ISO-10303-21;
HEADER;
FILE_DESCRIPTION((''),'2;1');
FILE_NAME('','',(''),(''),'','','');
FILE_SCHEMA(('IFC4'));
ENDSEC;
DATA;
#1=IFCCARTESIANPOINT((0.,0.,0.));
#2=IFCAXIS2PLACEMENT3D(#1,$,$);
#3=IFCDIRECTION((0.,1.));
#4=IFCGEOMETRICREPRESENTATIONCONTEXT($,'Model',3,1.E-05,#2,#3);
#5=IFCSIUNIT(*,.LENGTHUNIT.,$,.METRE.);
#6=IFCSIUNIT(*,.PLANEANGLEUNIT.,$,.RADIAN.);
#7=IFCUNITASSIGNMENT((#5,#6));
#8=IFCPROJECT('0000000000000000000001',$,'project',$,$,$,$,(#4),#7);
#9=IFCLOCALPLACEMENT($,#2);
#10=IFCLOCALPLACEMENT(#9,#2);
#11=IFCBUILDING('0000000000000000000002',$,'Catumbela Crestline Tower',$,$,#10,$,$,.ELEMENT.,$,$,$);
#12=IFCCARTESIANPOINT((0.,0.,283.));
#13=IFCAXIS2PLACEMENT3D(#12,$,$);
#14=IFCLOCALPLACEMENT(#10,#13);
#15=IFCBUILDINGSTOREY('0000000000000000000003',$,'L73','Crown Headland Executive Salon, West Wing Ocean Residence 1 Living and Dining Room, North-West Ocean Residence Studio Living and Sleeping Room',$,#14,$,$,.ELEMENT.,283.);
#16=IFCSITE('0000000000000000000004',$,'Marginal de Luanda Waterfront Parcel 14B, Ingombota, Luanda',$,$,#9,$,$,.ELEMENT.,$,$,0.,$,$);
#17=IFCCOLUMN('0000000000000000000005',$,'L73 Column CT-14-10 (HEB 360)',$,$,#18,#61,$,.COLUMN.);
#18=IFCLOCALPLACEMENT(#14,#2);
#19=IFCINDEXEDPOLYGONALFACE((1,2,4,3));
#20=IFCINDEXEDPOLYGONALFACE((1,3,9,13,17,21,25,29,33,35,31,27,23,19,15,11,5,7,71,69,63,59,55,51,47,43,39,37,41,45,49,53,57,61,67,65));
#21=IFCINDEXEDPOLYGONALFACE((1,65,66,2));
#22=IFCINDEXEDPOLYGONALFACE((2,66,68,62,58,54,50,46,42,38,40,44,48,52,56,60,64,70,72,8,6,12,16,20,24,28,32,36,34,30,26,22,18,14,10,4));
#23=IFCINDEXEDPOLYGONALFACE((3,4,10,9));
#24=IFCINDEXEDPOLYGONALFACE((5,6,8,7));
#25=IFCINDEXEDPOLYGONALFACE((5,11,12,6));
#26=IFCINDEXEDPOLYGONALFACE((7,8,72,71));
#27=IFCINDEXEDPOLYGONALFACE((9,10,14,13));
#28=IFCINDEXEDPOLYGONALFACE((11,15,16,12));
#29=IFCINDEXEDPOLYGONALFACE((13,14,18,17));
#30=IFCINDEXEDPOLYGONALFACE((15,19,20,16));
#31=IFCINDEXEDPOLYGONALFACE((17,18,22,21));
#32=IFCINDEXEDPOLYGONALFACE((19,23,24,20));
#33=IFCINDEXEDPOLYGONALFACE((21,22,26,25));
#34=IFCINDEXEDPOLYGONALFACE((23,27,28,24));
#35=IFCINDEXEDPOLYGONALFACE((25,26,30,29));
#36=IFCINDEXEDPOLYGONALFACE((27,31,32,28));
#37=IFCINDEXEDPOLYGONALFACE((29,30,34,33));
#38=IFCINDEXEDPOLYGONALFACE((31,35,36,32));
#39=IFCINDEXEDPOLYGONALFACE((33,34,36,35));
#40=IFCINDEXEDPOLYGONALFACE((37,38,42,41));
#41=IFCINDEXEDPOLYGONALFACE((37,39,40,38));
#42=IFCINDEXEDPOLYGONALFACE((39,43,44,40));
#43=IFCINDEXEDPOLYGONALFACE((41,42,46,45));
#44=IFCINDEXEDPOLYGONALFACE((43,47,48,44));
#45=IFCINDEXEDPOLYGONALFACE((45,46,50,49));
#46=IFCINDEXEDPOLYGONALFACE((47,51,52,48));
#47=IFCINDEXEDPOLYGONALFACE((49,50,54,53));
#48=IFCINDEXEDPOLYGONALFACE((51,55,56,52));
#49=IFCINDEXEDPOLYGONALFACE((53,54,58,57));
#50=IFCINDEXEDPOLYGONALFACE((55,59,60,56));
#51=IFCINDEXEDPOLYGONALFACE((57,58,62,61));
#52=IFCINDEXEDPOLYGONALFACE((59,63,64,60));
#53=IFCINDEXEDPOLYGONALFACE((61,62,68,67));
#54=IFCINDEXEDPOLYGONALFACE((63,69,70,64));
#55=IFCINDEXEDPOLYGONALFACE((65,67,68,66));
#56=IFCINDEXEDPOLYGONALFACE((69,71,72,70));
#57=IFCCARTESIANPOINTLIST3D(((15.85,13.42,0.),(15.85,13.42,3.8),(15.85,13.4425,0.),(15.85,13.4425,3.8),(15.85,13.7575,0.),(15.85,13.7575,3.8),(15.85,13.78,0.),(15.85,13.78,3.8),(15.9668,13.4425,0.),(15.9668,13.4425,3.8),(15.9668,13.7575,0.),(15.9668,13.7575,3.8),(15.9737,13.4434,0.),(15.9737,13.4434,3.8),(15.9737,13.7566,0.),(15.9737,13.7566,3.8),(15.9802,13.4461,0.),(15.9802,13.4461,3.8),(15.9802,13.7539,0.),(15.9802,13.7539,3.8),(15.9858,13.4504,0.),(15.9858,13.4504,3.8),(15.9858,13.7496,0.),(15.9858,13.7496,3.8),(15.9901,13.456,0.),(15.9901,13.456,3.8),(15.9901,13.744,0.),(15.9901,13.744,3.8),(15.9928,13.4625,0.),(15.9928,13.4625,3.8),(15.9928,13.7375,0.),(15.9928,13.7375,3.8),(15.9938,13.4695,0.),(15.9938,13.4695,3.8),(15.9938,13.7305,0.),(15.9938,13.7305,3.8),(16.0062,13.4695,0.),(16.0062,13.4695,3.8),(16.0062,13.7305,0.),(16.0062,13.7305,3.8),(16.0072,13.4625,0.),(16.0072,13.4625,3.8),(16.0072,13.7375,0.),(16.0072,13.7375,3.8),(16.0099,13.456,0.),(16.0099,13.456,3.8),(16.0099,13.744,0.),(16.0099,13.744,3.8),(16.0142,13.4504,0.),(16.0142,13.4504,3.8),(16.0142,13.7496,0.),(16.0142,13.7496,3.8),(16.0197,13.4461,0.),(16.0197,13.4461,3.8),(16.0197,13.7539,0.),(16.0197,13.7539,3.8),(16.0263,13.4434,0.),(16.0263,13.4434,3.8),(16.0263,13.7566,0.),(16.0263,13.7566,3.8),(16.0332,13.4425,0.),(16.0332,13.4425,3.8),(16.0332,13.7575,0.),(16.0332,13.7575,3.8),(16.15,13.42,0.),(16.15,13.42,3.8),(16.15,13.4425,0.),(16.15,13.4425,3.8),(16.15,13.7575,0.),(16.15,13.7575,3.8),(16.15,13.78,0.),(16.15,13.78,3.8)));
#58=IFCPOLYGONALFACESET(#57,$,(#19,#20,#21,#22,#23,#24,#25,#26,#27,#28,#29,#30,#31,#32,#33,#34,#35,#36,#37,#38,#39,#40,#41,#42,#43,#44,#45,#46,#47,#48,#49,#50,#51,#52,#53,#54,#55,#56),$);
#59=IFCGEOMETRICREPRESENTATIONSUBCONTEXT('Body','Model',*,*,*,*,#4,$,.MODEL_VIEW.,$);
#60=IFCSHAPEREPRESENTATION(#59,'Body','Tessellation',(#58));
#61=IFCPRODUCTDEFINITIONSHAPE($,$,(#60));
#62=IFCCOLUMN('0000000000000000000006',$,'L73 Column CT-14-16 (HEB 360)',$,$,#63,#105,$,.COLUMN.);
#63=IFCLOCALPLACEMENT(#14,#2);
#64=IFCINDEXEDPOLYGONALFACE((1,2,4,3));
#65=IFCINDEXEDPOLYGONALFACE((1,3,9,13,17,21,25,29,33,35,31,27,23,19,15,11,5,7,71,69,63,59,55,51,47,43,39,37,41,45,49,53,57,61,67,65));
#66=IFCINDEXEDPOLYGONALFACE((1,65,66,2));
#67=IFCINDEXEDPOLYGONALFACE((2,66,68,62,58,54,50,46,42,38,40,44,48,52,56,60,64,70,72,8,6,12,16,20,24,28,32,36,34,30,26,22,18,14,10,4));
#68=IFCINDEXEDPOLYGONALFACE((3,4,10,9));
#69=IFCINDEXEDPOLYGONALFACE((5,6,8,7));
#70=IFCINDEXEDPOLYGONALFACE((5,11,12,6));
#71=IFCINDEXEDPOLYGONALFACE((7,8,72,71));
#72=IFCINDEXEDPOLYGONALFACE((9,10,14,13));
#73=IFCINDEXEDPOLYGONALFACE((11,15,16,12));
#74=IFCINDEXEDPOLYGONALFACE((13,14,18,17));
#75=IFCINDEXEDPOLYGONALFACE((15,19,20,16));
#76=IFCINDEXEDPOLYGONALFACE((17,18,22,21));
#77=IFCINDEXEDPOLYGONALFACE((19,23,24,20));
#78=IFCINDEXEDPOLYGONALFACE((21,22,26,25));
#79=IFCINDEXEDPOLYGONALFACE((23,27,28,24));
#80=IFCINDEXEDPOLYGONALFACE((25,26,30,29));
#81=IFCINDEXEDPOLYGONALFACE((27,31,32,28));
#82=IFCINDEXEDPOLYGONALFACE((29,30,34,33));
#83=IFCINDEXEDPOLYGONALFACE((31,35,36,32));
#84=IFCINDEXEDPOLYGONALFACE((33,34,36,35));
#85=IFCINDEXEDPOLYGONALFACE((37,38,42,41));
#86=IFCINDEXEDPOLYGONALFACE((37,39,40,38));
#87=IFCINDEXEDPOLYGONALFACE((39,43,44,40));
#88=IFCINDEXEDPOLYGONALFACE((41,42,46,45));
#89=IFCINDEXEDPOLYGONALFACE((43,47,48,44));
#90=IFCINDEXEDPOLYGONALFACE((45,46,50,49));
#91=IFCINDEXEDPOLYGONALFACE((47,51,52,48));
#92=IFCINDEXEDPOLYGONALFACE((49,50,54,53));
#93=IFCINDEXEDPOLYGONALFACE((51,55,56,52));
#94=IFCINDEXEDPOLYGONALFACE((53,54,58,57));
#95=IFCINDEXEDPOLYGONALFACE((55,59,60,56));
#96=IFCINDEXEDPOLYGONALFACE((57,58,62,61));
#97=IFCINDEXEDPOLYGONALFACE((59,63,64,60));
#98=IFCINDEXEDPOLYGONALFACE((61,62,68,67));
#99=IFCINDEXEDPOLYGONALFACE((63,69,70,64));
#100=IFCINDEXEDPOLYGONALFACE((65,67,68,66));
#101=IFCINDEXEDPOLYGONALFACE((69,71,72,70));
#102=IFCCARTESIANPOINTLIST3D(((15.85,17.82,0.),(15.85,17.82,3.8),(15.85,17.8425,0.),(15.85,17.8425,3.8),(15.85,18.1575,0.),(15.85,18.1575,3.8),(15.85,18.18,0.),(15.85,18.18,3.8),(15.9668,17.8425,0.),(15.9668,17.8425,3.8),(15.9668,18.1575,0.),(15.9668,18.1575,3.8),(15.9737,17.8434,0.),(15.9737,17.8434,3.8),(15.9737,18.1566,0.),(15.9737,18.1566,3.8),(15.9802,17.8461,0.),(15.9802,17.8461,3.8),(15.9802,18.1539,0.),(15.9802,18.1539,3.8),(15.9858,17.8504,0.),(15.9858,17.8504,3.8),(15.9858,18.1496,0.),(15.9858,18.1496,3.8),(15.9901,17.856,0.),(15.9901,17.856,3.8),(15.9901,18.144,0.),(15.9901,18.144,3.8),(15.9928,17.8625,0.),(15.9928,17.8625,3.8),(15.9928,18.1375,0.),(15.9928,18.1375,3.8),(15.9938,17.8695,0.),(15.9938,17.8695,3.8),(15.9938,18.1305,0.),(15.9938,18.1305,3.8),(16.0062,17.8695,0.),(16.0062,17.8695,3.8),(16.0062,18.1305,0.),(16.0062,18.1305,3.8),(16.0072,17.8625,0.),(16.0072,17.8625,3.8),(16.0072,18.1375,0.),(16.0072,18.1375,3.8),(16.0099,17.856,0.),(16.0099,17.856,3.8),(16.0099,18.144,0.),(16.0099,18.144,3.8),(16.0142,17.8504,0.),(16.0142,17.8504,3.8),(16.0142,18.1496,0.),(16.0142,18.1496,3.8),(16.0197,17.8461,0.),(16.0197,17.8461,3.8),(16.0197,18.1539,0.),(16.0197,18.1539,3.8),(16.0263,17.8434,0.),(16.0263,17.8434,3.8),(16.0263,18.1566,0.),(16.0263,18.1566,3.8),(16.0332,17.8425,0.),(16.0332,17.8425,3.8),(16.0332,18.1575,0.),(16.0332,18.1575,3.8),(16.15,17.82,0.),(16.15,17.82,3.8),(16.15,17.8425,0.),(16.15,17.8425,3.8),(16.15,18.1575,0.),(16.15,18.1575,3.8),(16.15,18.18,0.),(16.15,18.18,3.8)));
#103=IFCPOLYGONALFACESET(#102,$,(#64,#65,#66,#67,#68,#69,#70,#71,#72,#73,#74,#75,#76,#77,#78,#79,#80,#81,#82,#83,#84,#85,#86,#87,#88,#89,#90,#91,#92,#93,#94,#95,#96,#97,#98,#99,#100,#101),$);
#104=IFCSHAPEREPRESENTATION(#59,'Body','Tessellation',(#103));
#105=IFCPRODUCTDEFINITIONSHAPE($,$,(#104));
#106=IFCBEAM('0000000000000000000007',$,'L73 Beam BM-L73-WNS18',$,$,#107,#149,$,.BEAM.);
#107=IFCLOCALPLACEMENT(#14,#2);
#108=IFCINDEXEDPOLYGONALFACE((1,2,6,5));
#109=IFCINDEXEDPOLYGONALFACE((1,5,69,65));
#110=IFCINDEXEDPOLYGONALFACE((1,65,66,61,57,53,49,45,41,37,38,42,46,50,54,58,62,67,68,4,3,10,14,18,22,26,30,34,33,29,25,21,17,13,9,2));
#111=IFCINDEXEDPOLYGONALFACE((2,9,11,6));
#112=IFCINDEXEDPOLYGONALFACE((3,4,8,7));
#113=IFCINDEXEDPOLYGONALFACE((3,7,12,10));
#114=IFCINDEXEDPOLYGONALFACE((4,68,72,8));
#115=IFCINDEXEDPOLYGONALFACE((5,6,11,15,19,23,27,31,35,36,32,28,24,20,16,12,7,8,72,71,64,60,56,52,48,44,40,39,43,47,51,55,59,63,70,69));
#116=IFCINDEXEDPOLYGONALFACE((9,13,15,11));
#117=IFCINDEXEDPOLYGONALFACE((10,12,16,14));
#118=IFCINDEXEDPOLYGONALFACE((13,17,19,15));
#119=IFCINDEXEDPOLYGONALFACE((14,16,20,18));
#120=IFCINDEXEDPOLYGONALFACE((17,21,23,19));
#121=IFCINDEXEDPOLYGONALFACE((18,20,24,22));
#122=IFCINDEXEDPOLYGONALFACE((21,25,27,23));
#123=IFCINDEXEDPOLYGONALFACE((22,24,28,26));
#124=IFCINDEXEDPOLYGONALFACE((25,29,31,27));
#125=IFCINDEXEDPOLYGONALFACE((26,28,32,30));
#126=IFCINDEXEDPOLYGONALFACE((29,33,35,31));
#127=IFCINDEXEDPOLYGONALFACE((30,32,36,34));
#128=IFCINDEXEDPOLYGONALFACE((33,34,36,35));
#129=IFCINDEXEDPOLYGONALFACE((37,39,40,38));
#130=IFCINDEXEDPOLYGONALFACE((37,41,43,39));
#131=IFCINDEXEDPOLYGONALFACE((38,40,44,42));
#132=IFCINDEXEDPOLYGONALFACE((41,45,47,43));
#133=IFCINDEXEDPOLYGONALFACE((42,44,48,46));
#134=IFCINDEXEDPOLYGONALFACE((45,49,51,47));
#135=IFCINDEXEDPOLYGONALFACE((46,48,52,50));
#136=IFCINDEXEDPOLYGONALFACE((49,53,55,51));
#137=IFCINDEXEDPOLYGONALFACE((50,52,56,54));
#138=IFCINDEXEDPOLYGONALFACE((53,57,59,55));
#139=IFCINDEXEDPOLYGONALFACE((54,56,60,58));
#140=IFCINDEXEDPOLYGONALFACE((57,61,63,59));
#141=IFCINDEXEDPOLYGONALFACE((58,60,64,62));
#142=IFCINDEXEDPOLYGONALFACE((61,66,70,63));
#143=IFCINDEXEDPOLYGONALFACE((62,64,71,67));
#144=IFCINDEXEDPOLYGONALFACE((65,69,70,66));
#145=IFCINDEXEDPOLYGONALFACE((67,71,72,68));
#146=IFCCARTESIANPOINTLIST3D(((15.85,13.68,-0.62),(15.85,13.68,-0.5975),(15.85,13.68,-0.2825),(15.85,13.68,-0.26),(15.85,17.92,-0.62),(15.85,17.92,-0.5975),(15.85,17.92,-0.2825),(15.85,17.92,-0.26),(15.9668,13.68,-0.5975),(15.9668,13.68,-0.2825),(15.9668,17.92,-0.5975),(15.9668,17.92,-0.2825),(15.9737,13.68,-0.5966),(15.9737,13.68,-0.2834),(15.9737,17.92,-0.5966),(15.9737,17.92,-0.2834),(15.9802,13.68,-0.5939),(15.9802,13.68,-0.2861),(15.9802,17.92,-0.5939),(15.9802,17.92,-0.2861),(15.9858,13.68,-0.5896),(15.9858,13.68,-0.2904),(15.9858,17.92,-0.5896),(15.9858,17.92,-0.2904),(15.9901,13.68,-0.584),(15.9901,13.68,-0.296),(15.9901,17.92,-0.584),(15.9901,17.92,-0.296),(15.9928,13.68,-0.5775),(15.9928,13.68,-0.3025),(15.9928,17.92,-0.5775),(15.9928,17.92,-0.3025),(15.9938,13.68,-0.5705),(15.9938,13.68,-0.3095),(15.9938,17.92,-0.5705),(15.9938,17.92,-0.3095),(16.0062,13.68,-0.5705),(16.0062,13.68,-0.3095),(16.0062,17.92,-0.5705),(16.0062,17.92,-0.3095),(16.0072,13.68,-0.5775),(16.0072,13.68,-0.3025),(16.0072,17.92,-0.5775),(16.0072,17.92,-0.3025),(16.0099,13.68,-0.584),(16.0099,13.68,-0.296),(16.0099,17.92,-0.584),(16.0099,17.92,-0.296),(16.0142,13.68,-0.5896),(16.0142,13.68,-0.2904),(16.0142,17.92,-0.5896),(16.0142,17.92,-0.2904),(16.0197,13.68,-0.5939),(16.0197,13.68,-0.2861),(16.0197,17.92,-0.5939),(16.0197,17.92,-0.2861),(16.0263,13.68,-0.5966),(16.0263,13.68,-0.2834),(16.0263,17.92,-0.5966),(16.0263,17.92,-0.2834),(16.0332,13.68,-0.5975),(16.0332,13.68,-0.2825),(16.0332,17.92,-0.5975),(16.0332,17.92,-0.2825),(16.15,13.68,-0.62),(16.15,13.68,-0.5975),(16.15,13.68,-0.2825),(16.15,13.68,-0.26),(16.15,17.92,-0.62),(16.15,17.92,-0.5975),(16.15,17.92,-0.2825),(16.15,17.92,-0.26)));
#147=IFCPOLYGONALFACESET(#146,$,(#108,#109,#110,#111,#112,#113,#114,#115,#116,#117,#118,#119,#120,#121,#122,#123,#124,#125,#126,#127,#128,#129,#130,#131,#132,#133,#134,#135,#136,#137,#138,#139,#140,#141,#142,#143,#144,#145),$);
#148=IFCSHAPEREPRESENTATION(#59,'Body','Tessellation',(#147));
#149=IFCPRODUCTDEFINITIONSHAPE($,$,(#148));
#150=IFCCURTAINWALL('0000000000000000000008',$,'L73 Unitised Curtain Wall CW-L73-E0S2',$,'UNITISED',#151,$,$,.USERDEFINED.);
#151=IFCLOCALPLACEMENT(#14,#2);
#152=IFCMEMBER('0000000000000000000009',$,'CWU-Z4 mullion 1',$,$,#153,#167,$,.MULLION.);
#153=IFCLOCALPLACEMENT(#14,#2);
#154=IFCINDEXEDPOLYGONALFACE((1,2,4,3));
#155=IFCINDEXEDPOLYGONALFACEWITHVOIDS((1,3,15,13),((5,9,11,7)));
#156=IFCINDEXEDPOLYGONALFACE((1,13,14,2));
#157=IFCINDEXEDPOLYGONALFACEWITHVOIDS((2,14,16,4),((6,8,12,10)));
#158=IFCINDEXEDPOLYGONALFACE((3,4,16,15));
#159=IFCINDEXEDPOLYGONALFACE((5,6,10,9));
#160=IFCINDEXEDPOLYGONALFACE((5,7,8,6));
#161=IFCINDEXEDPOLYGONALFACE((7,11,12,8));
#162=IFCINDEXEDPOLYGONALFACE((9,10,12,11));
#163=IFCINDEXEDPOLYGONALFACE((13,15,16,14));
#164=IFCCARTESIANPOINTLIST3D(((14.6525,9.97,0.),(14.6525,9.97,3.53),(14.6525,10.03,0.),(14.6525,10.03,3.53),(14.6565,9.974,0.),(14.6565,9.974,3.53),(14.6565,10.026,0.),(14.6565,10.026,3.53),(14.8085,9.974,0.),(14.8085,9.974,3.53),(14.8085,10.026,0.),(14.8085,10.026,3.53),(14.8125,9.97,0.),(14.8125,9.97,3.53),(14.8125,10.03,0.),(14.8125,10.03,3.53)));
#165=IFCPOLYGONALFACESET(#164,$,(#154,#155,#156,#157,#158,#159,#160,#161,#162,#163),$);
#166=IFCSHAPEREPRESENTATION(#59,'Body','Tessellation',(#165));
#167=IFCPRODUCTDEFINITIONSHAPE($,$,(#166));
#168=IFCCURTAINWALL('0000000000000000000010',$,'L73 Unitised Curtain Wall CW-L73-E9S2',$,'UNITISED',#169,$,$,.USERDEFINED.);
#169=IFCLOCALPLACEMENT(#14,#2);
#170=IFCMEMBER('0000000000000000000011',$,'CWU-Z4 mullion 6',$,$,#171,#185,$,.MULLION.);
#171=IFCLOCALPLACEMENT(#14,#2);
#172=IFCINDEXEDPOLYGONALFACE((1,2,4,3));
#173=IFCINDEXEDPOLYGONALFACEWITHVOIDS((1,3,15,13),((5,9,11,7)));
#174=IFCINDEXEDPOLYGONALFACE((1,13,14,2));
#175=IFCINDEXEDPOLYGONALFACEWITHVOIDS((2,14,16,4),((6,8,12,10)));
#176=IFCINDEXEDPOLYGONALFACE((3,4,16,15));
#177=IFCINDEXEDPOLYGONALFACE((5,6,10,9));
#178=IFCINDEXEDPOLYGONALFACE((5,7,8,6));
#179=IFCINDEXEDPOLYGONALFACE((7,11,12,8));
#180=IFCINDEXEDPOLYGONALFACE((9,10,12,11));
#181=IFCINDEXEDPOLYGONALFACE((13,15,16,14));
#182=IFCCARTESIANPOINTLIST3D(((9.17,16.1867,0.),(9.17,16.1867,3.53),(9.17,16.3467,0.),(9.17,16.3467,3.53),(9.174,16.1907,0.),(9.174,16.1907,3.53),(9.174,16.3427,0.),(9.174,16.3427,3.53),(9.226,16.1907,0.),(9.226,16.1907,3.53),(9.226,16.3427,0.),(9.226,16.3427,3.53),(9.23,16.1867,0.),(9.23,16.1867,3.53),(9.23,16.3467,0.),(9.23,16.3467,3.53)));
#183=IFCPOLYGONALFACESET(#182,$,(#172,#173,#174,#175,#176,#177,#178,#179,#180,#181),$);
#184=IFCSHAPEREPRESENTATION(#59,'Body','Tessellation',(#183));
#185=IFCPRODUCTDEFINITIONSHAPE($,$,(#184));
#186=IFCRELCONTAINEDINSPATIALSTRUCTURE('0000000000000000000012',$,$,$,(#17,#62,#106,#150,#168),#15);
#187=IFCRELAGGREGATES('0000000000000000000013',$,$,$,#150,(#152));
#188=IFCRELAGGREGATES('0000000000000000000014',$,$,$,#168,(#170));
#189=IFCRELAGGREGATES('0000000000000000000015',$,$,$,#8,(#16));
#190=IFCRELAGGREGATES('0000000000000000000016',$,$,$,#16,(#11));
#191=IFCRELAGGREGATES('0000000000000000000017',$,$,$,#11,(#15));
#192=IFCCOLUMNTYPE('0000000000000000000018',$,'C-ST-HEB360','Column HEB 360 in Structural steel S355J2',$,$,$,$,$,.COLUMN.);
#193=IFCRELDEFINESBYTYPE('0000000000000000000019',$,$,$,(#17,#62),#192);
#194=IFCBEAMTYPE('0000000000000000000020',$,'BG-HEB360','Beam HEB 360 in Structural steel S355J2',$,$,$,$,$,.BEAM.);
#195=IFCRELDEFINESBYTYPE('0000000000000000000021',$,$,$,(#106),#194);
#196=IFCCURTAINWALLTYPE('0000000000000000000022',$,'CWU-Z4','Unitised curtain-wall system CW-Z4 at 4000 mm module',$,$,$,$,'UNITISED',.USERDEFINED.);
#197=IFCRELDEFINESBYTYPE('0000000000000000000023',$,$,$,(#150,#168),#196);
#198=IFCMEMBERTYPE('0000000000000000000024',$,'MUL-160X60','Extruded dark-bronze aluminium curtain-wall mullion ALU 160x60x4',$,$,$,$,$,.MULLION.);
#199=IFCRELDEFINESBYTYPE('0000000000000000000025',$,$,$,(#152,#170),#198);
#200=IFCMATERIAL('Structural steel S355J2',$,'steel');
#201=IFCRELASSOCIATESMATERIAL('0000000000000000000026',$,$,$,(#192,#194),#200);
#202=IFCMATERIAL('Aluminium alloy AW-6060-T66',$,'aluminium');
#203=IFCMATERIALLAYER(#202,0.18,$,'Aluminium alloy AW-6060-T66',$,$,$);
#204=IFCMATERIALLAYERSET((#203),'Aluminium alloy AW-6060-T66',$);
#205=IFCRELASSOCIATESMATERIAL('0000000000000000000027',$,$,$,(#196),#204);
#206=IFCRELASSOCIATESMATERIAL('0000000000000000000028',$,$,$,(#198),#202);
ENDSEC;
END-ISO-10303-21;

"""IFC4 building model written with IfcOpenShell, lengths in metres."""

from ifc_helpers import new_model, si_unit, direction, frame, origin, origin_2d, place, context, subcontext, project, spatial, hollow_rectangle, i_section, extrude, material, layer, layer_set, material_profile, profile_set, type_object, element, aggregate, save


model = new_model("IFC4")

# Units and contexts
model_context = context("Model", 3, precision=1e-05, world=origin(), true_north=direction((0.0, 1.0)))
body_context = subcontext(model_context, "Body", "Model", "MODEL_VIEW")
ifc_project = project(units=[si_unit("LENGTHUNIT", "METRE"), si_unit("PLANEANGLEUNIT", "RADIAN")], contexts=[model_context])

# Site, building, storey
site_placement = place(None, origin())
site = spatial("IfcSite", under=ifc_project, at=site_placement, Name="Marginal de Luanda Waterfront Parcel 14B, Ingombota, Luanda", CompositionType="ELEMENT", RefElevation=0.0)
building_placement = place(site_placement, origin())
building = spatial("IfcBuilding", under=site, at=building_placement, Name="Catumbela Crestline Tower", CompositionType="ELEMENT")
storey_placement = place(building_placement, frame((0.0, 0.0, 283.0)))
storey = spatial("IfcBuildingStorey", under=building, at=storey_placement, Name="L73", Description="Crown Headland Executive Salon, West Wing Ocean Residence 1 Living and Dining Room, North-West Ocean Residence Studio Living and Sleeping Room", CompositionType="ELEMENT", Elevation=283.0)

# Columns
ifc_material_1 = material(Name="Structural steel S355J2", Category="steel")
ifc_material_profile_1 = material_profile(ifc_material_1, i_section(OverallWidth=0.3, OverallDepth=0.36, WebThickness=0.0125, FlangeThickness=0.0225, FilletRadius=0.027, at=origin_2d()), Name="HEB 360")
ifc_profile_set_1 = profile_set([ifc_material_profile_1], Name="Structural steel S355J2")
column_type = type_object("IfcColumnType", Name="C-ST-HEB360", Description="Column HEB 360 in Structural steel S355J2", PredefinedType="COLUMN", material=ifc_profile_set_1)
for number, where, z_axis, x_axis, name in (
    (1, (16.0, 13.6, 0.0), (0.0, 0.0, 1.0), (1.0, 0.0, 0.0), "L73 Column CT-14-10 (HEB 360)"),
    (2, (16.0, 18.0, 0.0), (0.0, 0.0, 1.0), (1.0, 0.0, 0.0), "L73 Column CT-14-16 (HEB 360)"),
):
    element("IfcColumn", number, at=place(storey_placement, frame(where, z_axis=z_axis, x_axis=x_axis)), inside=storey, type_object=column_type, Name=name, PredefinedType="COLUMN", context=body_context, shape_type="SweptSolid", body=[
        extrude(i_section(OverallWidth=0.3, OverallDepth=0.36, WebThickness=0.0125, FlangeThickness=0.0225, FilletRadius=0.027, at=origin_2d()), origin(), (0.0, 0.0, 1.0), 3.8),
    ])

# Beam
ifc_material_profile_2 = material_profile(ifc_material_1, i_section(OverallWidth=0.3, OverallDepth=0.36, WebThickness=0.0125, FlangeThickness=0.0225, FilletRadius=0.027, at=origin_2d()), Name="HEB 360")
ifc_profile_set_2 = profile_set([ifc_material_profile_2], Name="Structural steel S355J2")
beam_type = type_object("IfcBeamType", Name="BG-HEB360", Description="Beam HEB 360 in Structural steel S355J2", PredefinedType="BEAM", material=ifc_profile_set_2)
beam_placement = place(storey_placement, frame((16.0, 13.68, -0.44), z_axis=(0.0, 1.0, 0.0), x_axis=(-1.0, 0.0, 0.0)))
element("IfcBeam", 3, at=beam_placement, inside=storey, type_object=beam_type, Name="L73 Beam BM-L73-WNS18", PredefinedType="BEAM", context=body_context, shape_type="SweptSolid", body=[
    extrude(i_section(OverallWidth=0.3, OverallDepth=0.36, WebThickness=0.0125, FlangeThickness=0.0225, FilletRadius=0.027, at=origin_2d()), origin(), (0.0, 0.0, 1.0), 4.24),
])

# Curtain walls, members
ifc_material_2 = material(Name="Aluminium alloy AW-6060-T66", Category="aluminium")
ifc_layer_1 = layer(ifc_material_2, 0.18, Name="Aluminium alloy AW-6060-T66")
ifc_layer_set_1 = layer_set([ifc_layer_1], Name="Aluminium alloy AW-6060-T66")
curtain_wall_type = type_object("IfcCurtainWallType", Name="CWU-Z4", Description="Unitised curtain-wall system CW-Z4 at 4000 mm module", ElementType="UNITISED", PredefinedType="USERDEFINED", material=ifc_layer_set_1)
curtain_wall_1_placement = place(storey_placement, origin())
curtain_wall_1 = element("IfcCurtainWall", 4, at=curtain_wall_1_placement, inside=storey, type_object=curtain_wall_type, Name="L73 Unitised Curtain Wall CW-L73-E0S2", ObjectType="UNITISED", PredefinedType="USERDEFINED")
ifc_material_profile_3 = material_profile(ifc_material_2, hollow_rectangle(XDim=0.06, YDim=0.16, WallThickness=0.004, at=origin_2d()), Name="ALU 160x60x4")
ifc_profile_set_3 = profile_set([ifc_material_profile_3], Name="Aluminium alloy AW-6060-T66")
member_type_1 = type_object("IfcMemberType", Name="MUL-160X60", Description="Extruded dark-bronze aluminium curtain-wall mullion ALU 160x60x4", PredefinedType="MULLION", material=ifc_profile_set_3)
member_1_placement = place(storey_placement, frame((14.7325, 10.0, 0.0), z_axis=(0.0, 0.0, 1.0), x_axis=(0.0, 1.0, 0.0)))
member_1 = element("IfcMember", 5, at=member_1_placement, type_object=member_type_1, Name="CWU-Z4 mullion 1", PredefinedType="MULLION", context=body_context, shape_type="SweptSolid", body=[
    extrude(hollow_rectangle(XDim=0.06, YDim=0.16, WallThickness=0.004, at=origin_2d()), origin(), (0.0, 0.0, 1.0), 3.53),
])
curtain_wall_2_placement = place(storey_placement, origin())
curtain_wall_2 = element("IfcCurtainWall", 6, at=curtain_wall_2_placement, inside=storey, type_object=curtain_wall_type, Name="L73 Unitised Curtain Wall CW-L73-E9S2", ObjectType="UNITISED", PredefinedType="USERDEFINED")
member_2_placement = place(storey_placement, frame((9.2, 16.2667, 0.0), z_axis=(0.0, 0.0, 1.0), x_axis=(1.0, 0.0, 0.0)))
member_2 = element("IfcMember", 7, at=member_2_placement, type_object=member_type_1, Name="CWU-Z4 mullion 6", PredefinedType="MULLION", context=body_context, shape_type="SweptSolid", body=[
    extrude(hollow_rectangle(XDim=0.06, YDim=0.16, WallThickness=0.004, at=origin_2d()), origin(), (0.0, 0.0, 1.0), 3.53),
])

aggregate(curtain_wall_1, [member_1])

aggregate(curtain_wall_2, [member_2])

save(model, "model.ifc")
